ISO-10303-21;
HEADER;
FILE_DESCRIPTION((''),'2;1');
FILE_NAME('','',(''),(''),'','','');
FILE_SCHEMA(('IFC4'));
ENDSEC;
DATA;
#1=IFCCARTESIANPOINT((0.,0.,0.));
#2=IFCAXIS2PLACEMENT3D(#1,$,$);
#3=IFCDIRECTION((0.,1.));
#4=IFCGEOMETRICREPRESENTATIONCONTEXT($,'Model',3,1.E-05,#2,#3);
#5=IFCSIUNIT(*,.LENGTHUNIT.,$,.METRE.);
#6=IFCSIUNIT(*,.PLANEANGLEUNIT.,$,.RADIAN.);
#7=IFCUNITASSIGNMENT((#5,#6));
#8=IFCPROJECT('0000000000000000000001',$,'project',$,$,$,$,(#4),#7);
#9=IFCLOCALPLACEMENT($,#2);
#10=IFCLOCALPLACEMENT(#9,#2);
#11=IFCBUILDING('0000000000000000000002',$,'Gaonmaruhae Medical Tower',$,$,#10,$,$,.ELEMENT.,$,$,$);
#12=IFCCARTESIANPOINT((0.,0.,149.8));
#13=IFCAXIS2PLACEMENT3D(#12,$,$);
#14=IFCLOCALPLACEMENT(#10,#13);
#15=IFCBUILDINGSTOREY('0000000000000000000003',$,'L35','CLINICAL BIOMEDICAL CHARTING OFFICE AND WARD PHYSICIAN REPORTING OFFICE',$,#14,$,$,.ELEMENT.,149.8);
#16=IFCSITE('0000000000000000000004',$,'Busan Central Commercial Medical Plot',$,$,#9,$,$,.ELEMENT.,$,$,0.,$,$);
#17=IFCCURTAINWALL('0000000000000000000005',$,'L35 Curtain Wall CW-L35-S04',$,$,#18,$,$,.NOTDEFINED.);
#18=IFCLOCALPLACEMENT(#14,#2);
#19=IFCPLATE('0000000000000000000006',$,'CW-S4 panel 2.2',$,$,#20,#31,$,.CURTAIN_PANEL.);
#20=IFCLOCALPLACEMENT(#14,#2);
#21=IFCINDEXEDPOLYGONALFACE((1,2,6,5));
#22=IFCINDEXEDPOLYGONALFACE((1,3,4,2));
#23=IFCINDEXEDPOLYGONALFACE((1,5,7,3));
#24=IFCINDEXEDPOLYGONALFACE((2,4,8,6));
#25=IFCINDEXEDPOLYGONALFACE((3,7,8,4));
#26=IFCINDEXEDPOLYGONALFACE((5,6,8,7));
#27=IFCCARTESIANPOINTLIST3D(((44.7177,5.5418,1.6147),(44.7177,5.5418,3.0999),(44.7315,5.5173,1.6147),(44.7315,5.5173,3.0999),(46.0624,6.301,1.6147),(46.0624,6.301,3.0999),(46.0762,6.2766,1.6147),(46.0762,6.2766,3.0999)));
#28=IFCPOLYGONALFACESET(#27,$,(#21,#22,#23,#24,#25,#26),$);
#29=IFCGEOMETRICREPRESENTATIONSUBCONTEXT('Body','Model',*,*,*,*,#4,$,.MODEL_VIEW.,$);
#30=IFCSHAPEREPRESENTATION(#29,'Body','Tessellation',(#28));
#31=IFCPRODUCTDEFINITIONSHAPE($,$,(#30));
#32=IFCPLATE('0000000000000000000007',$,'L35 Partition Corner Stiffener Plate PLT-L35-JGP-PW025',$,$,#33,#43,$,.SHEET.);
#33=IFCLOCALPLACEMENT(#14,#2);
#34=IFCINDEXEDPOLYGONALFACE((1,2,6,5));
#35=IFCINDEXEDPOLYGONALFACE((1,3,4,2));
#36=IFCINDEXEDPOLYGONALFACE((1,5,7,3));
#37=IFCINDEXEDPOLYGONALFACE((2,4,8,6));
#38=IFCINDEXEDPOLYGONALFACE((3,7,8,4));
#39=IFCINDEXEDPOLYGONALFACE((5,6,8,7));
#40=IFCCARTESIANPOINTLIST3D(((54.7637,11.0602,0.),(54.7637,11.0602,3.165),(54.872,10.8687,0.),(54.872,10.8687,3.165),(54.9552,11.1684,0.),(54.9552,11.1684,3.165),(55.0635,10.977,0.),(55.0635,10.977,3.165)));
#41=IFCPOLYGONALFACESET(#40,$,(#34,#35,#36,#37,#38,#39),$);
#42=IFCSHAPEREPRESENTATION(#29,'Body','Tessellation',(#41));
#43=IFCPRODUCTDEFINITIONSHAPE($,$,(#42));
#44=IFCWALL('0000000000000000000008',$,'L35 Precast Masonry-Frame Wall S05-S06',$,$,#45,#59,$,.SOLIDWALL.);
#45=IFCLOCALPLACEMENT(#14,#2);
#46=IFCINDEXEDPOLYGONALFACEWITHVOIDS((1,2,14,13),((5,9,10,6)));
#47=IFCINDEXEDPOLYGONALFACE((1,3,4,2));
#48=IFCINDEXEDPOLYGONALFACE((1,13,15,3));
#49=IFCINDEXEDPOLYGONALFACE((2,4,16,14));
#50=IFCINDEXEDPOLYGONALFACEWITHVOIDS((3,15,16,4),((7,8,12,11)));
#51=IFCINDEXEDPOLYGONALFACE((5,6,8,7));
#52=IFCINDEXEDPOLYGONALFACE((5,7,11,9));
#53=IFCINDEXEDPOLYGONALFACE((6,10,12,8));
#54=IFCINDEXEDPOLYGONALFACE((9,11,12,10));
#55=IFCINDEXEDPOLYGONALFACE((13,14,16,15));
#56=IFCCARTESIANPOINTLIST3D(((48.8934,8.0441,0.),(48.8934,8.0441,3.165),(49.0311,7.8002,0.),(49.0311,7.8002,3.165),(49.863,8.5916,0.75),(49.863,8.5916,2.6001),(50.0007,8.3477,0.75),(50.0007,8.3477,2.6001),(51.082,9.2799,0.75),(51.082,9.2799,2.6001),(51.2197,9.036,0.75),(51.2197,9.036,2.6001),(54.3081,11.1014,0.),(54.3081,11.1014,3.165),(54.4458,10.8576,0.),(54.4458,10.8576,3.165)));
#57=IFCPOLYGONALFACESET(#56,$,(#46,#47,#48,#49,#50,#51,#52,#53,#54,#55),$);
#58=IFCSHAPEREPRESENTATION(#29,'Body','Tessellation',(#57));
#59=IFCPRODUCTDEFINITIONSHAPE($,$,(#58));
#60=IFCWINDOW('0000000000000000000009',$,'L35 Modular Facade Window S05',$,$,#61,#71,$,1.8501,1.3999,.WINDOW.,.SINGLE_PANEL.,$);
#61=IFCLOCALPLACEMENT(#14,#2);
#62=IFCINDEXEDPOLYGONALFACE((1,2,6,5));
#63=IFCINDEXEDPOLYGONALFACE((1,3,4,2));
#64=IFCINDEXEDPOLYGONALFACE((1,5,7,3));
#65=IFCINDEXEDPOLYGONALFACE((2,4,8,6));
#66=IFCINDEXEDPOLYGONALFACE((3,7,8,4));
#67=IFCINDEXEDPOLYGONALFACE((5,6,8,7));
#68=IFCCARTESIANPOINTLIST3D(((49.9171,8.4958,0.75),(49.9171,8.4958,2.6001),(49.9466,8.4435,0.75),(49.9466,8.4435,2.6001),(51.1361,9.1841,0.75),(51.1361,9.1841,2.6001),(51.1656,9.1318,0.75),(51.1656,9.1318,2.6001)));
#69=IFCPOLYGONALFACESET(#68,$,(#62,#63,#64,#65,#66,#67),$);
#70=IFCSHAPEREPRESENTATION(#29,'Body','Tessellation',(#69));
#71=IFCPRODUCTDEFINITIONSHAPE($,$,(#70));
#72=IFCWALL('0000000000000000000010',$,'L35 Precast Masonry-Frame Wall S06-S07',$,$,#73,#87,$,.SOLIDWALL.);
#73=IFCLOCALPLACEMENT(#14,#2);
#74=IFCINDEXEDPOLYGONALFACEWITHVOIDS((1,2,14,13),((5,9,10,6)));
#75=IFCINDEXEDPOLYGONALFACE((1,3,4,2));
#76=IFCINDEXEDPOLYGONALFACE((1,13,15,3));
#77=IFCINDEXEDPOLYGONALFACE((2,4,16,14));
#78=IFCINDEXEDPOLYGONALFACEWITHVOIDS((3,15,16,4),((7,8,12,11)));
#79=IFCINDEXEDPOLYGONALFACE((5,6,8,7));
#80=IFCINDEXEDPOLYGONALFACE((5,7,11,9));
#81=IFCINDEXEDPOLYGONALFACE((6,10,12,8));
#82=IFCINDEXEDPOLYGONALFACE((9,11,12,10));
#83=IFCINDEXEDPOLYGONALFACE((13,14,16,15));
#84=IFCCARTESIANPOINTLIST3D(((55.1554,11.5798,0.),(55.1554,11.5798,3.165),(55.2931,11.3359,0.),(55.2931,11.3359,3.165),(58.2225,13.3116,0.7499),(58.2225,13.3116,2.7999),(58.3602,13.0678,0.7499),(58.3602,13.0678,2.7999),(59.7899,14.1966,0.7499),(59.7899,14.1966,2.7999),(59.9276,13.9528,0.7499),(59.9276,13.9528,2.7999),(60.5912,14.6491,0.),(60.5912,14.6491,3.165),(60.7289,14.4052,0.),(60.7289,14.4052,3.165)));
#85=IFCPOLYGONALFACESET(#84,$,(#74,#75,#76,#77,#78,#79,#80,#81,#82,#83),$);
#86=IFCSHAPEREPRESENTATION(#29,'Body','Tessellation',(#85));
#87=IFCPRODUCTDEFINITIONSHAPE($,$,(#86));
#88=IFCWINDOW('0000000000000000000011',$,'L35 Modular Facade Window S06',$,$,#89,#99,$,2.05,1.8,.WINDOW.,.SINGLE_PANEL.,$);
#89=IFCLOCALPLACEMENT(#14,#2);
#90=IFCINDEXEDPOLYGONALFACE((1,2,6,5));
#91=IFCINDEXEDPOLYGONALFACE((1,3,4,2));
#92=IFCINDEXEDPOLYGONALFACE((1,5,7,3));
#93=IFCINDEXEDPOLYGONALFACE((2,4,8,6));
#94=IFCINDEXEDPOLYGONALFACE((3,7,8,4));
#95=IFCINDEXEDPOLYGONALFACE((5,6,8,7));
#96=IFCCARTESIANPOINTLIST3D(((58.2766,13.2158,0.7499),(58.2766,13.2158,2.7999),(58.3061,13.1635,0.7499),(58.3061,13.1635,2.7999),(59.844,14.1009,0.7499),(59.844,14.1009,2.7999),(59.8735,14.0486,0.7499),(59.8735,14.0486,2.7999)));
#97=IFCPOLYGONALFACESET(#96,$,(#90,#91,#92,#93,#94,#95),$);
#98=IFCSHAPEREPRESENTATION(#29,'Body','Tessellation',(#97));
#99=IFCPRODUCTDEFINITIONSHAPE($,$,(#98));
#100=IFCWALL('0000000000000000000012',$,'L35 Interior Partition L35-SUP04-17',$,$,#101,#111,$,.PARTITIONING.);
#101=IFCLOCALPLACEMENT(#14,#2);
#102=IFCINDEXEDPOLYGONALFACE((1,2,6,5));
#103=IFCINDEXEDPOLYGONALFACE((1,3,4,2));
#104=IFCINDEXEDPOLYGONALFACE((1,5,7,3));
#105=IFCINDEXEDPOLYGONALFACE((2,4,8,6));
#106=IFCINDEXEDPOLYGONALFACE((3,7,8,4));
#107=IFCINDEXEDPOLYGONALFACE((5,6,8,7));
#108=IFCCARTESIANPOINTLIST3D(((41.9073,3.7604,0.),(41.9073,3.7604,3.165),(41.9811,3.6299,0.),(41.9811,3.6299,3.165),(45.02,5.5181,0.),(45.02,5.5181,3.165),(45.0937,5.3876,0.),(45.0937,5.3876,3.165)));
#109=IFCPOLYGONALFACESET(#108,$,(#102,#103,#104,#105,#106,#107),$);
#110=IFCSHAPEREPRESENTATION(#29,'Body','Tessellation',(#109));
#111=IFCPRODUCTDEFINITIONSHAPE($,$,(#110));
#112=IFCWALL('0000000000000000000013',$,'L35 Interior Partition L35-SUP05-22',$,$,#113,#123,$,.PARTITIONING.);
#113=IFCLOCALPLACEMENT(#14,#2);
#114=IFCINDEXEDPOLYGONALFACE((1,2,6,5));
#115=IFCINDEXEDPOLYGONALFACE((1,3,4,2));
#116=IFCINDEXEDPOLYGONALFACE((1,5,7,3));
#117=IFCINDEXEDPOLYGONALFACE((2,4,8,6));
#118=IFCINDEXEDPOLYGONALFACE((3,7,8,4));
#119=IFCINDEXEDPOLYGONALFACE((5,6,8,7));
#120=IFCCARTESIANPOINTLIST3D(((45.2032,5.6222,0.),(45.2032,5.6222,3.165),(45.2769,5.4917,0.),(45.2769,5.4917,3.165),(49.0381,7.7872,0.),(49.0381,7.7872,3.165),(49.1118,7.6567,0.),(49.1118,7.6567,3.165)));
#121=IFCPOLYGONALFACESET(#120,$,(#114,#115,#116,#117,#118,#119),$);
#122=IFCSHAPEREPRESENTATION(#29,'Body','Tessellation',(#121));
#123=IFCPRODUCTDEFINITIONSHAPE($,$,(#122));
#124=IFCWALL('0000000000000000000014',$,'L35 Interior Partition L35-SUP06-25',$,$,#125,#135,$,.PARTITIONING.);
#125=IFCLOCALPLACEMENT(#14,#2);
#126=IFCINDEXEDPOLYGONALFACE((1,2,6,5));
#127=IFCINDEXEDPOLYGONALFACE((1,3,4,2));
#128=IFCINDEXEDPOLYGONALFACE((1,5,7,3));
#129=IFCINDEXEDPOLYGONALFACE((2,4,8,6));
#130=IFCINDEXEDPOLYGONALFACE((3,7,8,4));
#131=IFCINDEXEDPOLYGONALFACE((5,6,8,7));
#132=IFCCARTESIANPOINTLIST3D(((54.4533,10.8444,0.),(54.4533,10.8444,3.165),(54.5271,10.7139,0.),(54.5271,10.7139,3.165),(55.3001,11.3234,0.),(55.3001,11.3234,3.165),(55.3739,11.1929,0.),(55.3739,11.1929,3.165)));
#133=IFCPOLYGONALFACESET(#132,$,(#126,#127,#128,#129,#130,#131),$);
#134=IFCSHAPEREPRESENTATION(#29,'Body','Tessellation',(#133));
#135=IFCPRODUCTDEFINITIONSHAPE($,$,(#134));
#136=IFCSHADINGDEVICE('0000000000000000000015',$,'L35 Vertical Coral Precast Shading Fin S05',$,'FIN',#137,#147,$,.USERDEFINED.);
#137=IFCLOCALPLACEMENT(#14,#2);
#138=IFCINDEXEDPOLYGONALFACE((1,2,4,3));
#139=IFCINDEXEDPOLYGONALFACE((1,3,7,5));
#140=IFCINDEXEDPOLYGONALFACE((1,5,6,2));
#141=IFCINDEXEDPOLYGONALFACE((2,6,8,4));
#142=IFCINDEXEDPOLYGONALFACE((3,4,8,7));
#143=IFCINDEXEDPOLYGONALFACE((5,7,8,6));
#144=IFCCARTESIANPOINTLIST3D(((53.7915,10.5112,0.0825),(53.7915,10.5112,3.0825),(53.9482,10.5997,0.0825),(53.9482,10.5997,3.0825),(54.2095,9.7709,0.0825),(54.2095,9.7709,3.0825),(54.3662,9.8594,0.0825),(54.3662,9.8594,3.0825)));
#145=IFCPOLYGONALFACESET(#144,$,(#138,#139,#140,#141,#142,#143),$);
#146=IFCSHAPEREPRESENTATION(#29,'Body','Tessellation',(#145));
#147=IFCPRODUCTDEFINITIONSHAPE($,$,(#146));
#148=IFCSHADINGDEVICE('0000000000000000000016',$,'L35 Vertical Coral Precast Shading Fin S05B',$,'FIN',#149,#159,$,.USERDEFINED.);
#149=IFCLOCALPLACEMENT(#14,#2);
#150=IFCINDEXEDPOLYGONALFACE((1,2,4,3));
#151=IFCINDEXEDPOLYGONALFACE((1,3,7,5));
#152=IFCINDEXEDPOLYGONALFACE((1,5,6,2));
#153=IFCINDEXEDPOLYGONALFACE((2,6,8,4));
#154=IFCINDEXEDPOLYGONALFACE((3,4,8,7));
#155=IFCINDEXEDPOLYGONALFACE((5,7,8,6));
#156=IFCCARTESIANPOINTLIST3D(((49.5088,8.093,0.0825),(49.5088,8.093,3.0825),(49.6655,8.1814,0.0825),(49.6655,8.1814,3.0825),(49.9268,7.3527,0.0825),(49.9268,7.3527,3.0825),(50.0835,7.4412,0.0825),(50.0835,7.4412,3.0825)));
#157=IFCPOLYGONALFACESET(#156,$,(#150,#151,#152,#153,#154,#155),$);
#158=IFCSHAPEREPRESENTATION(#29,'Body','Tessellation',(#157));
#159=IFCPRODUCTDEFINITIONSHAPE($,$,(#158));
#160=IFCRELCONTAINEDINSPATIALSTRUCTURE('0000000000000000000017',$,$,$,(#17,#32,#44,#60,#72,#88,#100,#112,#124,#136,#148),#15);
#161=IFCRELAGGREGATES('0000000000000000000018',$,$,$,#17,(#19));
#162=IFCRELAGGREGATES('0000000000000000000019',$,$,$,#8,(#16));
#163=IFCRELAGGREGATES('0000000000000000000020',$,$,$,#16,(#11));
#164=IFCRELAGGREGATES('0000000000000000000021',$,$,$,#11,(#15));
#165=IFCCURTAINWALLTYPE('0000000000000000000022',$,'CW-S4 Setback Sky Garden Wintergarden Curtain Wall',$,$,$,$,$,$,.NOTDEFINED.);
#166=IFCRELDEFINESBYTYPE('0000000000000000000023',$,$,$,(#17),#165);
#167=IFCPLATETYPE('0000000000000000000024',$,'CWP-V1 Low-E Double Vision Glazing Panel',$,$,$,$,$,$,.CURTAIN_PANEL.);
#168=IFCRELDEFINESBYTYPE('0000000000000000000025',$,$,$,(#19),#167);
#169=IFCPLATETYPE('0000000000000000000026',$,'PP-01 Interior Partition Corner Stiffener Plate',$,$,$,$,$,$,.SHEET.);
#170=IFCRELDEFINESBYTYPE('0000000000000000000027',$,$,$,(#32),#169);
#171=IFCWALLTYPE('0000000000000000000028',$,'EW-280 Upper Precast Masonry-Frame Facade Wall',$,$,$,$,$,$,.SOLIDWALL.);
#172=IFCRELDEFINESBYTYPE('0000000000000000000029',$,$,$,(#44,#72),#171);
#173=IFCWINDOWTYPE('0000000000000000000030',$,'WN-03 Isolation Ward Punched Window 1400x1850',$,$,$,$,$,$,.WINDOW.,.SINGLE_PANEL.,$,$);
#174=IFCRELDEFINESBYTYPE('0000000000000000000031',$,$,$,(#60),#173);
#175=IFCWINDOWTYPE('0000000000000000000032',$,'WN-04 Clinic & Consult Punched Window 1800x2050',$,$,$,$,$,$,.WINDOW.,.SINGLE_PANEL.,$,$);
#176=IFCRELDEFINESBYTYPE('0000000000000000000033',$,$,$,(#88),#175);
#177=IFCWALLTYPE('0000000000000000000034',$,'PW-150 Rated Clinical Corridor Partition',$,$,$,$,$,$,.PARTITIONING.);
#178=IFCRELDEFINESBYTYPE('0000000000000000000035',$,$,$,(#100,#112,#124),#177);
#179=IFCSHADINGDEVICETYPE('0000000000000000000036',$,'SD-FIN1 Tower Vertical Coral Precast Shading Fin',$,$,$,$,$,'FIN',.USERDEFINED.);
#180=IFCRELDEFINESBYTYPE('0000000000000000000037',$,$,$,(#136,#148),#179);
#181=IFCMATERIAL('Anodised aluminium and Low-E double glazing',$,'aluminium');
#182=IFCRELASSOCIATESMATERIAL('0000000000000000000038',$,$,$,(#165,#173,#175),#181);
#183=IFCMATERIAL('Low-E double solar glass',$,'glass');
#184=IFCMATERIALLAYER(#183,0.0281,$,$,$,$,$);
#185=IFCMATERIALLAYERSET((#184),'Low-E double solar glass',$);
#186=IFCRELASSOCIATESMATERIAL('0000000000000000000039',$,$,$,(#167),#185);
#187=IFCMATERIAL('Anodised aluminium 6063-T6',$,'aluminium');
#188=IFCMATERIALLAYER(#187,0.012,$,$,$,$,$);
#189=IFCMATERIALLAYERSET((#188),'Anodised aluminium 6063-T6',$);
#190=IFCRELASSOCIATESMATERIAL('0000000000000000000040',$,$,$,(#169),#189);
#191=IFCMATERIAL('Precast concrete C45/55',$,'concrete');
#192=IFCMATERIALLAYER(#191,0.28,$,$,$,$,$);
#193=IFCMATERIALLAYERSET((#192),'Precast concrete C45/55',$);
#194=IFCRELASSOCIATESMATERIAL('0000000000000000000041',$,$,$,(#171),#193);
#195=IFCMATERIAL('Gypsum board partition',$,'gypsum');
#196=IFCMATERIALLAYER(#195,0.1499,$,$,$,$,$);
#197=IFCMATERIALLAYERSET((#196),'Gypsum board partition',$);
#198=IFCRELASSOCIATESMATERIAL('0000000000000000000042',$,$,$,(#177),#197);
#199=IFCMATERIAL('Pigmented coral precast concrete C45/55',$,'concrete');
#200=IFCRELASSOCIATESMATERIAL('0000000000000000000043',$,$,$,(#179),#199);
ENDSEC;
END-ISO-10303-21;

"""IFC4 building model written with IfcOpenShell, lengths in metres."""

from ifc_helpers import new_model, si_unit, direction, frame, frame_2d, origin, origin_2d, place, context, subcontext, project, spatial, rectangle, extrude, material, layer, layer_set, type_object, element, fill, aggregate, save


model = new_model("IFC4")

# Units and contexts
model_context = context("Model", 3, precision=1e-05, world=origin(), true_north=direction((0.0, 1.0)))
body_context = subcontext(model_context, "Body", "Model", "MODEL_VIEW")
ifc_project = project(units=[si_unit("LENGTHUNIT", "METRE"), si_unit("PLANEANGLEUNIT", "RADIAN")], contexts=[model_context])

# Site, building, storey
site_placement = place(None, origin())
site = spatial("IfcSite", under=ifc_project, at=site_placement, Name="Busan Central Commercial Medical Plot", CompositionType="ELEMENT", RefElevation=0.0)
building_placement = place(site_placement, origin())
building = spatial("IfcBuilding", under=site, at=building_placement, Name="Gaonmaruhae Medical Tower", CompositionType="ELEMENT")
storey_placement = place(building_placement, frame((0.0, 0.0, 149.8)))
storey = spatial("IfcBuildingStorey", under=building, at=storey_placement, Name="L35", Description="CLINICAL BIOMEDICAL CHARTING OFFICE AND WARD PHYSICIAN REPORTING OFFICE", CompositionType="ELEMENT", Elevation=149.8)

# Curtain wall
ifc_material_1 = material(Name="Anodised aluminium and Low-E double glazing", Category="aluminium")
curtain_wall_type = type_object("IfcCurtainWallType", Name="CW-S4 Setback Sky Garden Wintergarden Curtain Wall", PredefinedType="NOTDEFINED", material=ifc_material_1)
curtain_wall_placement = place(storey_placement, origin())
curtain_wall = element("IfcCurtainWall", 1, at=curtain_wall_placement, inside=storey, type_object=curtain_wall_type, Name="L35 Curtain Wall CW-L35-S04", PredefinedType="NOTDEFINED")
ifc_material_2 = material(Name="Anodised aluminium 6063-T6", Category="aluminium")

# Plates
ifc_material_3 = material(Name="Low-E double solar glass", Category="glass")
ifc_layer_1 = layer(ifc_material_3, 0.0281)
ifc_layer_set_1 = layer_set([ifc_layer_1], Name="Low-E double solar glass")
plate_type_1 = type_object("IfcPlateType", Name="CWP-V1 Low-E Double Vision Glazing Panel", PredefinedType="CURTAIN_PANEL", material=ifc_layer_set_1)
plate_1_placement = place(storey_placement, frame((45.397, 5.9092, 1.6147), z_axis=(0.0, 0.0, 1.0), x_axis=(-0.870782, -0.491669, 0.0)))
plate_1 = element("IfcPlate", 2, at=plate_1_placement, type_object=plate_type_1, Name="CW-S4 panel 2.2", PredefinedType="CURTAIN_PANEL", context=body_context, shape_type="SweptSolid", body=[
    extrude(rectangle(XDim=1.5442, YDim=0.0281, at=origin_2d()), origin(), (0.0, 0.0, 1.0), 1.4851),
])
aggregate(curtain_wall, [plate_1])
ifc_layer_2 = layer(ifc_material_2, 0.012)
ifc_layer_set_2 = layer_set([ifc_layer_2], Name="Anodised aluminium 6063-T6")
plate_type_2 = type_object("IfcPlateType", Name="PP-01 Interior Partition Corner Stiffener Plate", PredefinedType="SHEET", material=ifc_layer_set_2)
plate_2_placement = place(storey_placement, frame((54.9136, 11.0186, 0.0), z_axis=(0.0, 0.0, 1.0), x_axis=(-0.87045, -0.492256, 0.0)))
element("IfcPlate", 3, at=plate_2_placement, inside=storey, type_object=plate_type_2, Name="L35 Partition Corner Stiffener Plate PLT-L35-JGP-PW025", PredefinedType="SHEET", context=body_context, shape_type="SweptSolid", body=[
    extrude(rectangle(XDim=0.22, YDim=0.22, at=origin_2d()), origin(), (0.0, 0.0, 1.0), 3.165),
])

# Walls, openings, windows
ifc_material_4 = material(Name="Precast concrete C45/55", Category="concrete")
ifc_layer_3 = layer(ifc_material_4, 0.28)
ifc_layer_set_3 = layer_set([ifc_layer_3], Name="Precast concrete C45/55")
wall_type_1 = type_object("IfcWallType", Name="EW-280 Upper Precast Masonry-Frame Facade Wall", PredefinedType="SOLIDWALL", material=ifc_layer_set_3)
wall_1_placement = place(storey_placement, frame((54.377, 10.9795, 0.0), z_axis=(0.0, 0.0, 1.0), x_axis=(-0.870781, -0.491672, 0.0)))
wall_1 = element("IfcWall", 4, at=wall_1_placement, inside=storey, type_object=wall_type_1, Name="L35 Precast Masonry-Frame Wall S05-S06", PredefinedType="SOLIDWALL", context=body_context, shape_type="SweptSolid", body=[
    extrude(rectangle(XDim=6.2183, YDim=0.28, at=frame_2d((3.1091, 0.0))), origin(), (0.0, 0.0, 1.0), 3.165),
])
opening_1_placement = place(wall_1_placement, frame((3.7048, 0.0, 0.75)))
opening_1 = element("IfcOpeningElement", 5, at=opening_1_placement, cuts=wall_1, PredefinedType="OPENING", context=body_context, shape_type="SweptSolid", body=[
    extrude(rectangle(XDim=1.3999, YDim=1.8501, at=frame_2d((0.7, 0.925))), frame((0.0, 0.1499, 0.0), z_axis=(0.0, -1.0, 0.0), x_axis=(1.0, 0.0, 0.0)), (0.0, 0.0, 1.0), 0.3),
])
window_type_1 = type_object("IfcWindowType", Name="WN-03 Isolation Ward Punched Window 1400x1850", PartitioningType="SINGLE_PANEL", PredefinedType="WINDOW", material=ifc_material_1)
window_1_placement = place(opening_1_placement, origin())
window_1 = element("IfcWindow", 6, at=window_1_placement, inside=storey, type_object=window_type_1, Name="L35 Modular Facade Window S05", OverallHeight=1.8501, OverallWidth=1.3999, PartitioningType="SINGLE_PANEL", PredefinedType="WINDOW", context=body_context, shape_type="SweptSolid", body=[
    extrude(rectangle(XDim=1.3999, YDim=1.8501, at=frame_2d((0.7, 0.925))), frame((0.0, 0.03, 0.0), z_axis=(0.0, -1.0, 0.0), x_axis=(1.0, 0.0, 0.0)), (0.0, 0.0, 1.0), 0.0601),
])
fill(opening_1, window_1)
wall_2_placement = place(storey_placement, frame((60.6599, 14.5271, 0.0), z_axis=(0.0, 0.0, 1.0), x_axis=(-0.870773, -0.491685, 0.0)))
wall_2 = element("IfcWall", 7, at=wall_2_placement, inside=storey, type_object=wall_type_1, Name="L35 Precast Masonry-Frame Wall S06-S07", PredefinedType="SOLIDWALL", context=body_context, shape_type="SweptSolid", body=[
    extrude(rectangle(XDim=6.2424, YDim=0.28, at=frame_2d((3.1211, 0.0))), origin(), (0.0, 0.0, 1.0), 3.165),
])
opening_2_placement = place(wall_2_placement, frame((0.9202, 0.0, 0.75)))
opening_2 = element("IfcOpeningElement", 8, at=opening_2_placement, cuts=wall_2, PredefinedType="OPENING", context=body_context, shape_type="SweptSolid", body=[
    extrude(rectangle(XDim=1.8, YDim=2.05, at=frame_2d((0.8999, 1.0249))), frame((0.0, 0.1499, 0.0), z_axis=(0.0, -1.0, 0.0), x_axis=(1.0, 0.0, 0.0)), (0.0, 0.0, 1.0), 0.3),
])
window_type_2 = type_object("IfcWindowType", Name="WN-04 Clinic & Consult Punched Window 1800x2050", PartitioningType="SINGLE_PANEL", PredefinedType="WINDOW", material=ifc_material_1)
window_2_placement = place(opening_2_placement, origin())
window_2 = element("IfcWindow", 9, at=window_2_placement, inside=storey, type_object=window_type_2, Name="L35 Modular Facade Window S06", OverallHeight=2.05, OverallWidth=1.8, PartitioningType="SINGLE_PANEL", PredefinedType="WINDOW", context=body_context, shape_type="SweptSolid", body=[
    extrude(rectangle(XDim=1.8, YDim=2.05, at=frame_2d((0.8999, 1.0249))), frame((0.0, 0.03, 0.0), z_axis=(0.0, -1.0, 0.0), x_axis=(1.0, 0.0, 0.0)), (0.0, 0.0, 1.0), 0.0601),
])
fill(opening_2, window_2)

# Walls
ifc_material_5 = material(Name="Gypsum board partition", Category="gypsum")
ifc_layer_4 = layer(ifc_material_5, 0.1499)
ifc_layer_set_4 = layer_set([ifc_layer_4], Name="Gypsum board partition")
wall_type_2 = type_object("IfcWallType", Name="PW-150 Rated Clinical Corridor Partition", PredefinedType="PARTITIONING", material=ifc_layer_set_4)
wall_3_placement = place(storey_placement, frame((45.0569, 5.4529, 0.0), z_axis=(0.0, 0.0, 1.0), x_axis=(-0.870754, -0.49172, 0.0)))
element("IfcWall", 10, at=wall_3_placement, inside=storey, type_object=wall_type_2, Name="L35 Interior Partition L35-SUP04-17", PredefinedType="PARTITIONING", context=body_context, shape_type="SweptSolid", body=[
    extrude(rectangle(XDim=3.5747, YDim=0.1499, at=frame_2d((1.7874, 0.0))), origin(), (0.0, 0.0, 1.0), 3.165),
])
wall_4_placement = place(storey_placement, frame((49.075, 7.7219, 0.0), z_axis=(0.0, 0.0, 1.0), x_axis=(-0.870811, -0.491619, 0.0)))
element("IfcWall", 11, at=wall_4_placement, inside=storey, type_object=wall_type_2, Name="L35 Interior Partition L35-SUP05-22", PredefinedType="PARTITIONING", context=body_context, shape_type="SweptSolid", body=[
    extrude(rectangle(XDim=4.4038, YDim=0.1499, at=frame_2d((2.2019, 0.0))), origin(), (0.0, 0.0, 1.0), 3.165),
])
wall_5_placement = place(storey_placement, frame((55.3369, 11.2581, 0.0), z_axis=(0.0, 0.0, 1.0), x_axis=(-0.870427, -0.492297, 0.0)))
element("IfcWall", 12, at=wall_5_placement, inside=storey, type_object=wall_type_2, Name="L35 Interior Partition L35-SUP06-25", PredefinedType="PARTITIONING", context=body_context, shape_type="SweptSolid", body=[
    extrude(rectangle(XDim=0.9729, YDim=0.1499, at=frame_2d((0.4863, 0.0))), origin(), (0.0, 0.0, 1.0), 3.165),
])

# Shading devices
ifc_material_6 = material(Name="Pigmented coral precast concrete C45/55", Category="concrete")
shading_device_type = type_object("IfcShadingDeviceType", Name="SD-FIN1 Tower Vertical Coral Precast Shading Fin", ElementType="FIN", PredefinedType="USERDEFINED", material=ifc_material_6)
for number, where, z_axis, x_axis, name in (
    (13, (54.0789, 10.1853, 0.0825), (0.0, 0.0, 1.0), (-0.870785, -0.491664, 0.0), "L35 Vertical Coral Precast Shading Fin S05"),
    (14, (49.7961, 7.7671, 0.0825), (0.0, 0.0, 1.0), (-0.870785, -0.491664, 0.0), "L35 Vertical Coral Precast Shading Fin S05B"),
):
    element("IfcShadingDevice", number, at=place(storey_placement, frame(where, z_axis=z_axis, x_axis=x_axis)), inside=storey, type_object=shading_device_type, Name=name, ObjectType="FIN", PredefinedType="USERDEFINED", context=body_context, shape_type="SweptSolid", body=[
        extrude(rectangle(XDim=0.1799, YDim=0.8501, at=origin_2d()), origin(), (0.0, 0.0, 1.0), 3.0),
    ])

save(model, "model.ifc")
